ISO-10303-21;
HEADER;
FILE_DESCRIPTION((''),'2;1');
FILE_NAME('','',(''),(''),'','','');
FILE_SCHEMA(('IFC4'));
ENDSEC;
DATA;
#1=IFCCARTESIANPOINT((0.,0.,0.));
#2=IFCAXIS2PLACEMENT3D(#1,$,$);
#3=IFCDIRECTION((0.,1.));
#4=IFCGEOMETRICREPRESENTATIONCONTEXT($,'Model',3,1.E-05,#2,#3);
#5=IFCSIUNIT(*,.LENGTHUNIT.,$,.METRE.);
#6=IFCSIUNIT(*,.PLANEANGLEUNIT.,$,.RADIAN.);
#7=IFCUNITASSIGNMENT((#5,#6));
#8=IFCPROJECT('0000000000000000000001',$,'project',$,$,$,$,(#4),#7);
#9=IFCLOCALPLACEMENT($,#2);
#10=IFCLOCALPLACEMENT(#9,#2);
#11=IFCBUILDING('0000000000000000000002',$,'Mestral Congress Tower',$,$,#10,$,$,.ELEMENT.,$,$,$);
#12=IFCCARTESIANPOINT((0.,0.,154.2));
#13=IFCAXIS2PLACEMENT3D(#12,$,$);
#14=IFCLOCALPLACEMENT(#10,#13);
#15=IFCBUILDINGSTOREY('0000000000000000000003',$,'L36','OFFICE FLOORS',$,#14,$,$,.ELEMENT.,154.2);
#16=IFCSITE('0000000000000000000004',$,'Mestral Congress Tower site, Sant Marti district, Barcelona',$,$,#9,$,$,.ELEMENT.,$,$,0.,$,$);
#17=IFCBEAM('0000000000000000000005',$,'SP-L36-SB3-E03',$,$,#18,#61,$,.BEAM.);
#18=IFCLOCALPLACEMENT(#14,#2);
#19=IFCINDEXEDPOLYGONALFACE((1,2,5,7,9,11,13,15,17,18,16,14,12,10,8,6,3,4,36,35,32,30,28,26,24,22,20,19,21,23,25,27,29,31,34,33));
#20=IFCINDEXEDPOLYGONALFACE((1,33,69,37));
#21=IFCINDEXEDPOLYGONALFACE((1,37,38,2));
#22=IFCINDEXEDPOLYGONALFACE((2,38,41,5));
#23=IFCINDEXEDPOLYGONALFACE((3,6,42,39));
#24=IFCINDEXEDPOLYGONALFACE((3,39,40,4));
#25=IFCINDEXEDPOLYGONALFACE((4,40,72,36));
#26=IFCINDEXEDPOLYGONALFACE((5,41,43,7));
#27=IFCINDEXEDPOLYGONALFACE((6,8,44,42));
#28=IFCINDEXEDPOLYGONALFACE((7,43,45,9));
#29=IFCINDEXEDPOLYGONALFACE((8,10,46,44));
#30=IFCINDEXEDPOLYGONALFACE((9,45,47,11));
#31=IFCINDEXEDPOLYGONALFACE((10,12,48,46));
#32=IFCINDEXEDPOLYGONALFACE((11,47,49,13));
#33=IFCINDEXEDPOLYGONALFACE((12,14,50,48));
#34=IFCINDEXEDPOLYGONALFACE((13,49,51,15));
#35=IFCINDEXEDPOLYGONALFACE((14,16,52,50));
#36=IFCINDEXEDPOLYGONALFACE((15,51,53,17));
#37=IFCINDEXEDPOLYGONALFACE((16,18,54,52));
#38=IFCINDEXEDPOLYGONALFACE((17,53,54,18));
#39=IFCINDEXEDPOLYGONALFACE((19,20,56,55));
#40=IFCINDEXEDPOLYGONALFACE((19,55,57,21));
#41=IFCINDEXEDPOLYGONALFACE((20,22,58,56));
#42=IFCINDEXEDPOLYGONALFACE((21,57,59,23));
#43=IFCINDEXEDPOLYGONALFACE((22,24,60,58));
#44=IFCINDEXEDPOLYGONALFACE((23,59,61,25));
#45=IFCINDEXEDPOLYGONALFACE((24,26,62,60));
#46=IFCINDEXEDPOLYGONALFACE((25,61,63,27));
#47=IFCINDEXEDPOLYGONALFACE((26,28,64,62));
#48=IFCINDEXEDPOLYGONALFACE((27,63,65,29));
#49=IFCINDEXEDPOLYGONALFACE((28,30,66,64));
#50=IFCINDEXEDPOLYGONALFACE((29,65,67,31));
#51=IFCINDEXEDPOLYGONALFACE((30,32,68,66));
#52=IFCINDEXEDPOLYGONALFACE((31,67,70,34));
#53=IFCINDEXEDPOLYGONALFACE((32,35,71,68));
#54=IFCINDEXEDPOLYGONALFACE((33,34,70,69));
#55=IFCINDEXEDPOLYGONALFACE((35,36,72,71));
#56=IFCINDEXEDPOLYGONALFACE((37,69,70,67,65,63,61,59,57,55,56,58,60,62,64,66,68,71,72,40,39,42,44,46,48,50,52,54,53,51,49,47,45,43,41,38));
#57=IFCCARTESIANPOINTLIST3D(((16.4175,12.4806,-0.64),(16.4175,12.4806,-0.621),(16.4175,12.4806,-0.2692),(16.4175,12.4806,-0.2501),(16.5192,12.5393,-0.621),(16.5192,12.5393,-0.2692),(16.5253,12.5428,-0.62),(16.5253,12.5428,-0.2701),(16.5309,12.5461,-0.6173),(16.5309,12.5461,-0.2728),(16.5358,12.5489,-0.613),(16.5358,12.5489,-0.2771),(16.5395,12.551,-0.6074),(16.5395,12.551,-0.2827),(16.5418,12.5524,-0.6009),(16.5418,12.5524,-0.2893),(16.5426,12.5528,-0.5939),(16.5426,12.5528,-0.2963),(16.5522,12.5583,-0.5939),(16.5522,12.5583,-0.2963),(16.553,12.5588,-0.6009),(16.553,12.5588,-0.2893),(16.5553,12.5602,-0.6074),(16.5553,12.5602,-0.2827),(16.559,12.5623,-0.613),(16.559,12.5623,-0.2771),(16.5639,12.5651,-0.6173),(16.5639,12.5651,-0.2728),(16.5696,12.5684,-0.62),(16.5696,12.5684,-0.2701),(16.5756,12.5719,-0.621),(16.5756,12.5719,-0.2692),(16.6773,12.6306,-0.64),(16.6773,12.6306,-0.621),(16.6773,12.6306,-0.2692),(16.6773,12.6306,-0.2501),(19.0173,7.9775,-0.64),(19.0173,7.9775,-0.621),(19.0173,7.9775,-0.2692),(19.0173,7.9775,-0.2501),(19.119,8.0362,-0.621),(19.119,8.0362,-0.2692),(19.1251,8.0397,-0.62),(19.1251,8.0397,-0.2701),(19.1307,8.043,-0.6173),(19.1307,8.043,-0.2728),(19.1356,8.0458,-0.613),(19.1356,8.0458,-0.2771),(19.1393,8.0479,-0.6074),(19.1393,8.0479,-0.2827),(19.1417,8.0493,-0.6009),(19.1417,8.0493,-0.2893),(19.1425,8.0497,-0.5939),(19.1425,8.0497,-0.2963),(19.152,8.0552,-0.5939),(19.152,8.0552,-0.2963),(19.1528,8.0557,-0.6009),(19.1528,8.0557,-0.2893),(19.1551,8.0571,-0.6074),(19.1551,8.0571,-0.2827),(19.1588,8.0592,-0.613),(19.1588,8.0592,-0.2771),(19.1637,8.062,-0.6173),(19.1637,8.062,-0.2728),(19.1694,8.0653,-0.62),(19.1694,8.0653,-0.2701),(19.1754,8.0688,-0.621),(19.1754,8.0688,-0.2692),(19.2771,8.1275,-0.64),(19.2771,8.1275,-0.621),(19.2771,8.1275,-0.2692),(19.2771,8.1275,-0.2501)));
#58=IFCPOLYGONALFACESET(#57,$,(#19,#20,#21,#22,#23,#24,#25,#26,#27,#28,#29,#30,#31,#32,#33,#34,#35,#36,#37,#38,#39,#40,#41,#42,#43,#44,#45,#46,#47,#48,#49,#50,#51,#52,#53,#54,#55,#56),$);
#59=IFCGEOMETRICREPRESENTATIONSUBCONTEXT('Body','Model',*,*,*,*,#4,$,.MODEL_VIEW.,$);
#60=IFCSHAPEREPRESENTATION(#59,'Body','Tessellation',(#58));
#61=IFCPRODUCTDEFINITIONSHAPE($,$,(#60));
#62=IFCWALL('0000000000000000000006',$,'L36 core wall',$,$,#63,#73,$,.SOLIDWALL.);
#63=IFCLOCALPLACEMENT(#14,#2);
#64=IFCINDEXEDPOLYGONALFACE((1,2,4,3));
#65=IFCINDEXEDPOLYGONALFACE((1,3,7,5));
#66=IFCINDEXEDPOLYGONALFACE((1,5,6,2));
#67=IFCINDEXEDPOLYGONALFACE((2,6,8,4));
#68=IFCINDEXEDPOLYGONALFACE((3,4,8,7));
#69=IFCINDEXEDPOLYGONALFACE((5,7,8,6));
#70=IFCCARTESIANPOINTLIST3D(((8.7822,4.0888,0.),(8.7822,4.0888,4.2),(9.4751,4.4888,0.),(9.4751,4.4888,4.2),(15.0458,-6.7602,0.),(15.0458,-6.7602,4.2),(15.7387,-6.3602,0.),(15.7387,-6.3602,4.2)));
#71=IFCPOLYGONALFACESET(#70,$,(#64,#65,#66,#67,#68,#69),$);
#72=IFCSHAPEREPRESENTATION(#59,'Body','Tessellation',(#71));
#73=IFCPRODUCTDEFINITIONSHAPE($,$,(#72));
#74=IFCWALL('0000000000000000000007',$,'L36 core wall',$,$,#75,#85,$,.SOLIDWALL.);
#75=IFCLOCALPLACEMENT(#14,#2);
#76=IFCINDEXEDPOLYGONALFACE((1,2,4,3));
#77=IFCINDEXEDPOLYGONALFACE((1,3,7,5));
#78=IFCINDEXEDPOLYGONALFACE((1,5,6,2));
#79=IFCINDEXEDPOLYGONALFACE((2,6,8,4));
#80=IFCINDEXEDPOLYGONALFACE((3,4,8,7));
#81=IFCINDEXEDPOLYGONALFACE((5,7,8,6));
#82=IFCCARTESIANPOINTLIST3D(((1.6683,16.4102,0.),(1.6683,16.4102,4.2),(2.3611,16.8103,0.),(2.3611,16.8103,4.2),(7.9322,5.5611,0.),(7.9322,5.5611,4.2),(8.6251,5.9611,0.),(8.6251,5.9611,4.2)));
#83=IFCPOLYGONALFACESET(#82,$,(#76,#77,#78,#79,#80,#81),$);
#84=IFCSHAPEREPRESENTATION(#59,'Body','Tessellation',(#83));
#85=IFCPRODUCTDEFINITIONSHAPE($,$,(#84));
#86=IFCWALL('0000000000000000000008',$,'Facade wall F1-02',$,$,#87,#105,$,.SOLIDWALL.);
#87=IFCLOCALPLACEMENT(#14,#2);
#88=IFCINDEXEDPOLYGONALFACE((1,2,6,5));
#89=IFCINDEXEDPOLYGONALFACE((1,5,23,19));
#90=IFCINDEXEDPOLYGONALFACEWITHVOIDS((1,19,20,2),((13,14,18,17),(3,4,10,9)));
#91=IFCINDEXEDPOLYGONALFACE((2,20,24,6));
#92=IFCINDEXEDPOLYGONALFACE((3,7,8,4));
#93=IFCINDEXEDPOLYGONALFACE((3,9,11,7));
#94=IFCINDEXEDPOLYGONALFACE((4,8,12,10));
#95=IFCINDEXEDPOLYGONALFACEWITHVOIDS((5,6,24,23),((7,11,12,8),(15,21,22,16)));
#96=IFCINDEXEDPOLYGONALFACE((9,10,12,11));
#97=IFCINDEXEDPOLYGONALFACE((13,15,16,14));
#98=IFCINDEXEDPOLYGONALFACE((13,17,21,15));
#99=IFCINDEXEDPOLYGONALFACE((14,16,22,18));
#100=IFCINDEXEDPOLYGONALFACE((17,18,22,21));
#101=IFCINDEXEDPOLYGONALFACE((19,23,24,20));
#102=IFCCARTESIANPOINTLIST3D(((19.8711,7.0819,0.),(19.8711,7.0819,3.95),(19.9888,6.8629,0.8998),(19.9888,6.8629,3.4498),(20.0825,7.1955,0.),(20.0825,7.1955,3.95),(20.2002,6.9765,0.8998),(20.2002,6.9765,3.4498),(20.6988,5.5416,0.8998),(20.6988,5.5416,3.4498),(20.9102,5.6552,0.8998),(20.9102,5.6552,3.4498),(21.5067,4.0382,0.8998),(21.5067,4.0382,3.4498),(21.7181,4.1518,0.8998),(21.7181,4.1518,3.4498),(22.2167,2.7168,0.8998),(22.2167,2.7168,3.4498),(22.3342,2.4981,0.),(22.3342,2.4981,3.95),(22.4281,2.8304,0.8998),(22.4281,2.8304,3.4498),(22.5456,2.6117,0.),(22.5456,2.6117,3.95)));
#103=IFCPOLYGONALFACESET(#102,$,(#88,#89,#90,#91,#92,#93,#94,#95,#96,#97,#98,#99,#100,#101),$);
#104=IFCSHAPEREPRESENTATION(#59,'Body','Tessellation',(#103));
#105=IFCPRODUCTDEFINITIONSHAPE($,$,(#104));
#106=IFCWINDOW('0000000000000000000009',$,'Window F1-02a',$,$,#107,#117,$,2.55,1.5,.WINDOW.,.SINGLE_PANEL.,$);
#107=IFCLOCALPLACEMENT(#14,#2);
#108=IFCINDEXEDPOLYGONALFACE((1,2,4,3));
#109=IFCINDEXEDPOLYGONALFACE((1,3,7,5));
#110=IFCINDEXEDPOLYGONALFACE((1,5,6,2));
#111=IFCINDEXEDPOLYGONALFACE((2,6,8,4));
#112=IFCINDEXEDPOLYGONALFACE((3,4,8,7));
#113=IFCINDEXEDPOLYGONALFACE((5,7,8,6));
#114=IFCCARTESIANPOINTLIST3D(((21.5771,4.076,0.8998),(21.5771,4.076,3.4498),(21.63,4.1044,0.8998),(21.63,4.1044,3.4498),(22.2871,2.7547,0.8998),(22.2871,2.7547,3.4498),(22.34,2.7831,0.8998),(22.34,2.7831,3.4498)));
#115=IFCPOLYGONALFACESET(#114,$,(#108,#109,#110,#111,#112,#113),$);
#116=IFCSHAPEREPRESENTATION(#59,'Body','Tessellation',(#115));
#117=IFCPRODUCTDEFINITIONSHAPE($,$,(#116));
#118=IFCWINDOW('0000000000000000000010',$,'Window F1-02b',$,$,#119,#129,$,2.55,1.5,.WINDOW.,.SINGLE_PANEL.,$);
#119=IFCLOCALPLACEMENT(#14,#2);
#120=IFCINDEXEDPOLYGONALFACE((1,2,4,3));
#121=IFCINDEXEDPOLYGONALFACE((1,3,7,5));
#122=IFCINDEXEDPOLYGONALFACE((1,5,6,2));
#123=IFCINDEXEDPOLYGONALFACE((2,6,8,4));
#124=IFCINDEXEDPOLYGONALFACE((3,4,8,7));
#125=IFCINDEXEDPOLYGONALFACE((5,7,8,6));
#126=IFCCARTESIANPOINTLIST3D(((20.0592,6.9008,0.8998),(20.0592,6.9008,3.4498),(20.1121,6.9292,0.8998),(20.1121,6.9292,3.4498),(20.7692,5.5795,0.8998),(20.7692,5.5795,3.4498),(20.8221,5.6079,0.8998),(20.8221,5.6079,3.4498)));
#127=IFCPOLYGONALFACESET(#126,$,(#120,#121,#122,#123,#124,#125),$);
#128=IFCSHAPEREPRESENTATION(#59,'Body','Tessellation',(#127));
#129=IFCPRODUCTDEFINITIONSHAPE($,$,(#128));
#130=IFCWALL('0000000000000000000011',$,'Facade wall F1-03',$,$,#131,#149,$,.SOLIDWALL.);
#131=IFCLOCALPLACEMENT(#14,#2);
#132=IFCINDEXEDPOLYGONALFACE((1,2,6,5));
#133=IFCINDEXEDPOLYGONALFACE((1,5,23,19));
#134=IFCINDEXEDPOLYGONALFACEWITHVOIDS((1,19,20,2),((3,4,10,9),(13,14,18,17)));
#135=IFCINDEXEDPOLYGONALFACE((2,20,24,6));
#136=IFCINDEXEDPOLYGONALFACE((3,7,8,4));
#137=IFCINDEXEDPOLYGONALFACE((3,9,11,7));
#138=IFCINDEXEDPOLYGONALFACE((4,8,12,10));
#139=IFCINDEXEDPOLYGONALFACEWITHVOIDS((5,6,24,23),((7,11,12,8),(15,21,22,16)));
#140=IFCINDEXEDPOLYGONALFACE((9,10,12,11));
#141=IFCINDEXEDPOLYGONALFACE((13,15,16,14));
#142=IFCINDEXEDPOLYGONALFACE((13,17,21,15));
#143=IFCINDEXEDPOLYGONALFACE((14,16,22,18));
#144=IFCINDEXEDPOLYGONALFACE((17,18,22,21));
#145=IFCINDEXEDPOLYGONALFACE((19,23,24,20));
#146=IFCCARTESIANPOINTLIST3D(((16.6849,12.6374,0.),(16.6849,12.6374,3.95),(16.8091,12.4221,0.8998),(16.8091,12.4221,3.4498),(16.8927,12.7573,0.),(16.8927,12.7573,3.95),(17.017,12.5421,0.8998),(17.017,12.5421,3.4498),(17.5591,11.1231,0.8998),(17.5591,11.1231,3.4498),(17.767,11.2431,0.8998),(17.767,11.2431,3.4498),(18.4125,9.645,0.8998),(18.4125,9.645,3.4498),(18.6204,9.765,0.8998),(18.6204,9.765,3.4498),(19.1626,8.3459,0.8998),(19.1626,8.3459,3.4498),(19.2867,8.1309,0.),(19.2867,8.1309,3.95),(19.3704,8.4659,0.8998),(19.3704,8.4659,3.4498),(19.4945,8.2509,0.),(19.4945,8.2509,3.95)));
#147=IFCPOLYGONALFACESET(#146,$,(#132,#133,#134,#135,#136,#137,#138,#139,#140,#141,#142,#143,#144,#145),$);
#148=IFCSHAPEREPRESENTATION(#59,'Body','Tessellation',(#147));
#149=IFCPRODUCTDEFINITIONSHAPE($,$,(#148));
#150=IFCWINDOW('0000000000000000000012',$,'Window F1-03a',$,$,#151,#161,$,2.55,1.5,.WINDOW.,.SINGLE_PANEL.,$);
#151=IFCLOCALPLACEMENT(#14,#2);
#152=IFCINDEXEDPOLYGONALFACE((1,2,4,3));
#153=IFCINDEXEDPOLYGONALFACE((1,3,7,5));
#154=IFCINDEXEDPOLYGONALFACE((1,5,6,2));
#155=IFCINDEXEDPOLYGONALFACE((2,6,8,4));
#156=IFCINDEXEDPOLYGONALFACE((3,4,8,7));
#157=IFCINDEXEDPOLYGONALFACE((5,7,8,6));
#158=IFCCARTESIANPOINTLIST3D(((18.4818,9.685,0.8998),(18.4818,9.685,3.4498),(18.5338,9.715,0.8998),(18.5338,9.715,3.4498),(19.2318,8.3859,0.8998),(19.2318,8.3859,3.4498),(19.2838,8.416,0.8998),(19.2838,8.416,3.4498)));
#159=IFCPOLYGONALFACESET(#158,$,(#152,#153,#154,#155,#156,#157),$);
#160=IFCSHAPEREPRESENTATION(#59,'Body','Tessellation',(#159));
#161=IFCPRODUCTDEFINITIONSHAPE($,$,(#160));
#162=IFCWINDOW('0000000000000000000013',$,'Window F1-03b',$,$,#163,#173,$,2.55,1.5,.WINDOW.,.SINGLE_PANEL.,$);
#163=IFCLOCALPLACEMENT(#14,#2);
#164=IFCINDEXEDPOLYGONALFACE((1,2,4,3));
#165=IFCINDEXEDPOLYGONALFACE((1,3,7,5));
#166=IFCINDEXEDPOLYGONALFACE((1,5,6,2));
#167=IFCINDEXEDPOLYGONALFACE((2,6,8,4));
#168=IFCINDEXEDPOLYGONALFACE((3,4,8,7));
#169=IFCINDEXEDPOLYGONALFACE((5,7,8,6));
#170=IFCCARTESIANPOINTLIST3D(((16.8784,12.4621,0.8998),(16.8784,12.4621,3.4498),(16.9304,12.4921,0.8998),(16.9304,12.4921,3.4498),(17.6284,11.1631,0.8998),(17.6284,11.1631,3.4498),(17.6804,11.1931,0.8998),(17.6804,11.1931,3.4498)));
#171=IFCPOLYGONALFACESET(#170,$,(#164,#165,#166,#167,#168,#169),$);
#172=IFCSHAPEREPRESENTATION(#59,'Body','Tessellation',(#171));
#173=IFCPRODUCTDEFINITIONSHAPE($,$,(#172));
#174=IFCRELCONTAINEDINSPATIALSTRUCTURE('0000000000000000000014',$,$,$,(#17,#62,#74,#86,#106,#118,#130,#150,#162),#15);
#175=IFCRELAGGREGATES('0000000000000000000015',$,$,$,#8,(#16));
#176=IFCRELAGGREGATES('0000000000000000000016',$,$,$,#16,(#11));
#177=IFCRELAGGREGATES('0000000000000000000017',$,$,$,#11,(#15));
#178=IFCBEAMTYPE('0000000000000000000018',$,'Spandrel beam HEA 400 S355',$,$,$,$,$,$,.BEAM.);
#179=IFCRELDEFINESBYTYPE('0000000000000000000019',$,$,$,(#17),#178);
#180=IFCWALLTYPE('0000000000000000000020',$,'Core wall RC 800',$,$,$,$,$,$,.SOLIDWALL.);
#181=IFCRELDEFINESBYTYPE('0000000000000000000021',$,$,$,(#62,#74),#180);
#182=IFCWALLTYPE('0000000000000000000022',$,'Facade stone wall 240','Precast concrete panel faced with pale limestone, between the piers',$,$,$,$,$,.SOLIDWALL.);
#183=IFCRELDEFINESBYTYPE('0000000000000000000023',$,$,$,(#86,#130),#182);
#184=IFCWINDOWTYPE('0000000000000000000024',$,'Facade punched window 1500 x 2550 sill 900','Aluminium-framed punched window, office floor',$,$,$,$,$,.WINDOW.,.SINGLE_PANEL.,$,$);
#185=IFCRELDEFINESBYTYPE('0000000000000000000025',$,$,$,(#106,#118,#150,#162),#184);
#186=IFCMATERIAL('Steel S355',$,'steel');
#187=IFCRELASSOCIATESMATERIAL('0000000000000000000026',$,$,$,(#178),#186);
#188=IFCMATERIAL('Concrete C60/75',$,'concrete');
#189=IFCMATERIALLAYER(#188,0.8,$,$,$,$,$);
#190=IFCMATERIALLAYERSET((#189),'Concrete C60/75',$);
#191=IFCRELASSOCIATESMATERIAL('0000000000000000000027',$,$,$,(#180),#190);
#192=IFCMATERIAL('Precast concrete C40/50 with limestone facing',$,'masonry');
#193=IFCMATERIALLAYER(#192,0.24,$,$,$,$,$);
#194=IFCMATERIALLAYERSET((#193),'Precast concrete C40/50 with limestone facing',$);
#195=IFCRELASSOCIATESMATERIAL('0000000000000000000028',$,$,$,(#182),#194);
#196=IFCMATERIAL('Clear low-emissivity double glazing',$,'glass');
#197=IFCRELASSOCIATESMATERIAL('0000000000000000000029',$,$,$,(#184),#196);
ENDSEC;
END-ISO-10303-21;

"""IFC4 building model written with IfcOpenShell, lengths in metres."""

from ifc_helpers import new_model, si_unit, direction, frame, frame_2d, origin, origin_2d, place, context, subcontext, project, spatial, rectangle, i_section, extrude, material, layer, layer_set, material_profile, profile_set, type_object, element, fill, save


model = new_model("IFC4")

# Units and contexts
model_context = context("Model", 3, precision=1e-05, world=origin(), true_north=direction((0.0, 1.0)))
body_context = subcontext(model_context, "Body", "Model", "MODEL_VIEW")
ifc_project = project(units=[si_unit("LENGTHUNIT", "METRE"), si_unit("PLANEANGLEUNIT", "RADIAN")], contexts=[model_context])

# Site, building, storey
site_placement = place(None, origin())
site = spatial("IfcSite", under=ifc_project, at=site_placement, Name="Mestral Congress Tower site, Sant Marti district, Barcelona", CompositionType="ELEMENT", RefElevation=0.0)
building_placement = place(site_placement, origin())
building = spatial("IfcBuilding", under=site, at=building_placement, Name="Mestral Congress Tower", CompositionType="ELEMENT")
storey_placement = place(building_placement, frame((0.0, 0.0, 154.2)))
storey = spatial("IfcBuildingStorey", under=building, at=storey_placement, Name="L36", Description="OFFICE FLOORS", CompositionType="ELEMENT", Elevation=154.2)

# Shared definitions
ifc_material_1 = material(Name="Concrete C60/75", Category="concrete")

# Beam
ifc_material_2 = material(Name="Steel S355", Category="steel")
ifc_material_profile_1 = material_profile(ifc_material_2, i_section(OverallWidth=0.3, OverallDepth=0.3899, WebThickness=0.011, FlangeThickness=0.019, FilletRadius=0.0271, at=origin_2d()), Name="HEA 400")
ifc_profile_set_1 = profile_set([ifc_material_profile_1], Name="Steel S355")
beam_type_1 = type_object("IfcBeamType", Name="Spandrel beam HEA 400 S355", PredefinedType="BEAM", material=ifc_profile_set_1)
for number, where, z_axis, x_axis, name in (
    (1, (19.1472, 8.0525, -0.4451), (-0.499992, 0.86603, 0.0), (-0.86603, -0.499992, 0.0), "SP-L36-SB3-E03"),
):
    element("IfcBeam", number, at=place(storey_placement, frame(where, z_axis=z_axis, x_axis=x_axis)), inside=storey, type_object=beam_type_1, Name=name, PredefinedType="BEAM", context=body_context, shape_type="SweptSolid", body=[
        extrude(i_section(OverallWidth=0.3, OverallDepth=0.3899, WebThickness=0.011, FlangeThickness=0.019, FilletRadius=0.0271, at=origin_2d()), origin(), (0.0, 0.0, 1.0), 5.1997),
    ])

# Walls
ifc_layer_1 = layer(ifc_material_1, 0.8)
ifc_layer_set_1 = layer_set([ifc_layer_1], Name="Concrete C60/75")
wall_type_1 = type_object("IfcWallType", Name="Core wall RC 800", PredefinedType="SOLIDWALL", material=ifc_layer_set_1)
wall_1_placement = place(storey_placement, frame((9.1287, 4.2888, 0.0), z_axis=(0.0, 0.0, 1.0), x_axis=(0.499996, -0.866028, 0.0)))
element("IfcWall", 2, at=wall_1_placement, inside=storey, type_object=wall_type_1, Name="L36 core wall", PredefinedType="SOLIDWALL", context=body_context, shape_type="SweptSolid", body=[
    extrude(rectangle(XDim=12.5273, YDim=0.8, at=frame_2d((6.2637, 0.0))), origin(), (0.0, 0.0, 1.0), 4.2),
])
wall_2_placement = place(storey_placement, frame((8.2786, 5.7612, 0.0), z_axis=(0.0, 0.0, 1.0), x_axis=(-0.50001, 0.866019, 0.0)))
element("IfcWall", 3, at=wall_2_placement, inside=storey, type_object=wall_type_1, Name="L36 core wall", PredefinedType="SOLIDWALL", context=body_context, shape_type="SweptSolid", body=[
    extrude(rectangle(XDim=12.5276, YDim=0.8, at=frame_2d((6.2637, 0.0))), origin(), (0.0, 0.0, 1.0), 4.2),
])

# Walls, openings, windows
ifc_material_3 = material(Name="Precast concrete C40/50 with limestone facing", Category="masonry")
ifc_layer_2 = layer(ifc_material_3, 0.24)
ifc_layer_set_2 = layer_set([ifc_layer_2], Name="Precast concrete C40/50 with limestone facing")
wall_type_2 = type_object("IfcWallType", Name="Facade stone wall 240", Description="Precast concrete panel faced with pale limestone, between the piers", PredefinedType="SOLIDWALL", material=ifc_layer_set_2)
wall_3_placement = place(storey_placement, frame((22.4399, 2.5549, 0.0), z_axis=(0.0, 0.0, 1.0), x_axis=(-0.47335, 0.880875, 0.0)))
wall_3 = element("IfcWall", 4, at=wall_3_placement, inside=storey, type_object=wall_type_2, Name="Facade wall F1-02", PredefinedType="SOLIDWALL", context=body_context, shape_type="SweptSolid", body=[
    extrude(rectangle(XDim=5.2036, YDim=0.24, at=frame_2d((2.6018, 0.0))), origin(), (0.0, 0.0, 1.0), 3.95),
])
opening_1_placement = place(wall_3_placement, frame((0.2483, 0.0, 0.8999)))
opening_1 = element("IfcOpeningElement", 5, at=opening_1_placement, cuts=wall_3, PredefinedType="OPENING", context=body_context, shape_type="SweptSolid", body=[
    extrude(rectangle(XDim=1.5, YDim=2.55, at=frame_2d((0.75, 1.2749))), frame((0.0, 0.1299, 0.0), z_axis=(0.0, -1.0, 0.0), x_axis=(1.0, 0.0, 0.0)), (0.0, 0.0, 1.0), 0.26),
])
opening_2_placement = place(wall_3_placement, frame((3.4551, 0.0, 0.8999)))
opening_2 = element("IfcOpeningElement", 6, at=opening_2_placement, cuts=wall_3, PredefinedType="OPENING", context=body_context, shape_type="SweptSolid", body=[
    extrude(rectangle(XDim=1.5, YDim=2.55, at=frame_2d((0.75, 1.2749))), frame((0.0, 0.1299, 0.0), z_axis=(0.0, -1.0, 0.0), x_axis=(1.0, 0.0, 0.0)), (0.0, 0.0, 1.0), 0.26),
])
ifc_material_4 = material(Name="Clear low-emissivity double glazing", Category="glass")
window_type = type_object("IfcWindowType", Name="Facade punched window 1500 x 2550 sill 900", Description="Aluminium-framed punched window, office floor", PartitioningType="SINGLE_PANEL", PredefinedType="WINDOW", material=ifc_material_4)
window_1_placement = place(opening_1_placement, origin())
window_1 = element("IfcWindow", 7, at=window_1_placement, inside=storey, type_object=window_type, Name="Window F1-02a", OverallHeight=2.55, OverallWidth=1.5, PartitioningType="SINGLE_PANEL", PredefinedType="WINDOW", context=body_context, shape_type="SweptSolid", body=[
    extrude(rectangle(XDim=1.5, YDim=2.55, at=frame_2d((0.75, 1.2749))), frame((0.0, 0.04, 0.0), z_axis=(0.0, -1.0, 0.0), x_axis=(1.0, 0.0, 0.0)), (0.0, 0.0, 1.0), 0.0601),
])
fill(opening_1, window_1)
window_2_placement = place(opening_2_placement, origin())
window_2 = element("IfcWindow", 8, at=window_2_placement, inside=storey, type_object=window_type, Name="Window F1-02b", OverallHeight=2.55, OverallWidth=1.5, PartitioningType="SINGLE_PANEL", PredefinedType="WINDOW", context=body_context, shape_type="SweptSolid", body=[
    extrude(rectangle(XDim=1.5, YDim=2.55, at=frame_2d((0.75, 1.2749))), frame((0.0, 0.04, 0.0), z_axis=(0.0, -1.0, 0.0), x_axis=(1.0, 0.0, 0.0)), (0.0, 0.0, 1.0), 0.0601),
])
fill(opening_2, window_2)
wall_4_placement = place(storey_placement, frame((19.3906, 8.1909, 0.0), z_axis=(0.0, 0.0, 1.0), x_axis=(-0.500009, 0.86602, 0.0)))
wall_4 = element("IfcWall", 9, at=wall_4_placement, inside=storey, type_object=wall_type_2, Name="Facade wall F1-03", PredefinedType="SOLIDWALL", context=body_context, shape_type="SweptSolid", body=[
    extrude(rectangle(XDim=5.2036, YDim=0.24, at=frame_2d((2.6018, 0.0))), origin(), (0.0, 0.0, 1.0), 3.95),
])
opening_3_placement = place(wall_4_placement, frame((0.2483, 0.0, 0.8999)))
opening_3 = element("IfcOpeningElement", 10, at=opening_3_placement, cuts=wall_4, PredefinedType="OPENING", context=body_context, shape_type="SweptSolid", body=[
    extrude(rectangle(XDim=1.5, YDim=2.55, at=frame_2d((0.75, 1.2749))), frame((0.0, 0.1299, 0.0), z_axis=(0.0, -1.0, 0.0), x_axis=(1.0, 0.0, 0.0)), (0.0, 0.0, 1.0), 0.26),
])
opening_4_placement = place(wall_4_placement, frame((3.4551, 0.0, 0.8999)))
opening_4 = element("IfcOpeningElement", 11, at=opening_4_placement, cuts=wall_4, PredefinedType="OPENING", context=body_context, shape_type="SweptSolid", body=[
    extrude(rectangle(XDim=1.5, YDim=2.55, at=frame_2d((0.75, 1.2749))), frame((0.0, 0.1299, 0.0), z_axis=(0.0, -1.0, 0.0), x_axis=(1.0, 0.0, 0.0)), (0.0, 0.0, 1.0), 0.26),
])
window_3_placement = place(opening_3_placement, origin())
window_3 = element("IfcWindow", 12, at=window_3_placement, inside=storey, type_object=window_type, Name="Window F1-03a", OverallHeight=2.55, OverallWidth=1.5, PartitioningType="SINGLE_PANEL", PredefinedType="WINDOW", context=body_context, shape_type="SweptSolid", body=[
    extrude(rectangle(XDim=1.5, YDim=2.55, at=frame_2d((0.75, 1.2749))), frame((0.0, 0.04, 0.0), z_axis=(0.0, -1.0, 0.0), x_axis=(1.0, 0.0, 0.0)), (0.0, 0.0, 1.0), 0.0601),
])
fill(opening_3, window_3)
window_4_placement = place(opening_4_placement, origin())
window_4 = element("IfcWindow", 13, at=window_4_placement, inside=storey, type_object=window_type, Name="Window F1-03b", OverallHeight=2.55, OverallWidth=1.5, PartitioningType="SINGLE_PANEL", PredefinedType="WINDOW", context=body_context, shape_type="SweptSolid", body=[
    extrude(rectangle(XDim=1.5, YDim=2.55, at=frame_2d((0.75, 1.2749))), frame((0.0, 0.04, 0.0), z_axis=(0.0, -1.0, 0.0), x_axis=(1.0, 0.0, 0.0)), (0.0, 0.0, 1.0), 0.0601),
])
fill(opening_4, window_4)

save(model, "model.ifc")
